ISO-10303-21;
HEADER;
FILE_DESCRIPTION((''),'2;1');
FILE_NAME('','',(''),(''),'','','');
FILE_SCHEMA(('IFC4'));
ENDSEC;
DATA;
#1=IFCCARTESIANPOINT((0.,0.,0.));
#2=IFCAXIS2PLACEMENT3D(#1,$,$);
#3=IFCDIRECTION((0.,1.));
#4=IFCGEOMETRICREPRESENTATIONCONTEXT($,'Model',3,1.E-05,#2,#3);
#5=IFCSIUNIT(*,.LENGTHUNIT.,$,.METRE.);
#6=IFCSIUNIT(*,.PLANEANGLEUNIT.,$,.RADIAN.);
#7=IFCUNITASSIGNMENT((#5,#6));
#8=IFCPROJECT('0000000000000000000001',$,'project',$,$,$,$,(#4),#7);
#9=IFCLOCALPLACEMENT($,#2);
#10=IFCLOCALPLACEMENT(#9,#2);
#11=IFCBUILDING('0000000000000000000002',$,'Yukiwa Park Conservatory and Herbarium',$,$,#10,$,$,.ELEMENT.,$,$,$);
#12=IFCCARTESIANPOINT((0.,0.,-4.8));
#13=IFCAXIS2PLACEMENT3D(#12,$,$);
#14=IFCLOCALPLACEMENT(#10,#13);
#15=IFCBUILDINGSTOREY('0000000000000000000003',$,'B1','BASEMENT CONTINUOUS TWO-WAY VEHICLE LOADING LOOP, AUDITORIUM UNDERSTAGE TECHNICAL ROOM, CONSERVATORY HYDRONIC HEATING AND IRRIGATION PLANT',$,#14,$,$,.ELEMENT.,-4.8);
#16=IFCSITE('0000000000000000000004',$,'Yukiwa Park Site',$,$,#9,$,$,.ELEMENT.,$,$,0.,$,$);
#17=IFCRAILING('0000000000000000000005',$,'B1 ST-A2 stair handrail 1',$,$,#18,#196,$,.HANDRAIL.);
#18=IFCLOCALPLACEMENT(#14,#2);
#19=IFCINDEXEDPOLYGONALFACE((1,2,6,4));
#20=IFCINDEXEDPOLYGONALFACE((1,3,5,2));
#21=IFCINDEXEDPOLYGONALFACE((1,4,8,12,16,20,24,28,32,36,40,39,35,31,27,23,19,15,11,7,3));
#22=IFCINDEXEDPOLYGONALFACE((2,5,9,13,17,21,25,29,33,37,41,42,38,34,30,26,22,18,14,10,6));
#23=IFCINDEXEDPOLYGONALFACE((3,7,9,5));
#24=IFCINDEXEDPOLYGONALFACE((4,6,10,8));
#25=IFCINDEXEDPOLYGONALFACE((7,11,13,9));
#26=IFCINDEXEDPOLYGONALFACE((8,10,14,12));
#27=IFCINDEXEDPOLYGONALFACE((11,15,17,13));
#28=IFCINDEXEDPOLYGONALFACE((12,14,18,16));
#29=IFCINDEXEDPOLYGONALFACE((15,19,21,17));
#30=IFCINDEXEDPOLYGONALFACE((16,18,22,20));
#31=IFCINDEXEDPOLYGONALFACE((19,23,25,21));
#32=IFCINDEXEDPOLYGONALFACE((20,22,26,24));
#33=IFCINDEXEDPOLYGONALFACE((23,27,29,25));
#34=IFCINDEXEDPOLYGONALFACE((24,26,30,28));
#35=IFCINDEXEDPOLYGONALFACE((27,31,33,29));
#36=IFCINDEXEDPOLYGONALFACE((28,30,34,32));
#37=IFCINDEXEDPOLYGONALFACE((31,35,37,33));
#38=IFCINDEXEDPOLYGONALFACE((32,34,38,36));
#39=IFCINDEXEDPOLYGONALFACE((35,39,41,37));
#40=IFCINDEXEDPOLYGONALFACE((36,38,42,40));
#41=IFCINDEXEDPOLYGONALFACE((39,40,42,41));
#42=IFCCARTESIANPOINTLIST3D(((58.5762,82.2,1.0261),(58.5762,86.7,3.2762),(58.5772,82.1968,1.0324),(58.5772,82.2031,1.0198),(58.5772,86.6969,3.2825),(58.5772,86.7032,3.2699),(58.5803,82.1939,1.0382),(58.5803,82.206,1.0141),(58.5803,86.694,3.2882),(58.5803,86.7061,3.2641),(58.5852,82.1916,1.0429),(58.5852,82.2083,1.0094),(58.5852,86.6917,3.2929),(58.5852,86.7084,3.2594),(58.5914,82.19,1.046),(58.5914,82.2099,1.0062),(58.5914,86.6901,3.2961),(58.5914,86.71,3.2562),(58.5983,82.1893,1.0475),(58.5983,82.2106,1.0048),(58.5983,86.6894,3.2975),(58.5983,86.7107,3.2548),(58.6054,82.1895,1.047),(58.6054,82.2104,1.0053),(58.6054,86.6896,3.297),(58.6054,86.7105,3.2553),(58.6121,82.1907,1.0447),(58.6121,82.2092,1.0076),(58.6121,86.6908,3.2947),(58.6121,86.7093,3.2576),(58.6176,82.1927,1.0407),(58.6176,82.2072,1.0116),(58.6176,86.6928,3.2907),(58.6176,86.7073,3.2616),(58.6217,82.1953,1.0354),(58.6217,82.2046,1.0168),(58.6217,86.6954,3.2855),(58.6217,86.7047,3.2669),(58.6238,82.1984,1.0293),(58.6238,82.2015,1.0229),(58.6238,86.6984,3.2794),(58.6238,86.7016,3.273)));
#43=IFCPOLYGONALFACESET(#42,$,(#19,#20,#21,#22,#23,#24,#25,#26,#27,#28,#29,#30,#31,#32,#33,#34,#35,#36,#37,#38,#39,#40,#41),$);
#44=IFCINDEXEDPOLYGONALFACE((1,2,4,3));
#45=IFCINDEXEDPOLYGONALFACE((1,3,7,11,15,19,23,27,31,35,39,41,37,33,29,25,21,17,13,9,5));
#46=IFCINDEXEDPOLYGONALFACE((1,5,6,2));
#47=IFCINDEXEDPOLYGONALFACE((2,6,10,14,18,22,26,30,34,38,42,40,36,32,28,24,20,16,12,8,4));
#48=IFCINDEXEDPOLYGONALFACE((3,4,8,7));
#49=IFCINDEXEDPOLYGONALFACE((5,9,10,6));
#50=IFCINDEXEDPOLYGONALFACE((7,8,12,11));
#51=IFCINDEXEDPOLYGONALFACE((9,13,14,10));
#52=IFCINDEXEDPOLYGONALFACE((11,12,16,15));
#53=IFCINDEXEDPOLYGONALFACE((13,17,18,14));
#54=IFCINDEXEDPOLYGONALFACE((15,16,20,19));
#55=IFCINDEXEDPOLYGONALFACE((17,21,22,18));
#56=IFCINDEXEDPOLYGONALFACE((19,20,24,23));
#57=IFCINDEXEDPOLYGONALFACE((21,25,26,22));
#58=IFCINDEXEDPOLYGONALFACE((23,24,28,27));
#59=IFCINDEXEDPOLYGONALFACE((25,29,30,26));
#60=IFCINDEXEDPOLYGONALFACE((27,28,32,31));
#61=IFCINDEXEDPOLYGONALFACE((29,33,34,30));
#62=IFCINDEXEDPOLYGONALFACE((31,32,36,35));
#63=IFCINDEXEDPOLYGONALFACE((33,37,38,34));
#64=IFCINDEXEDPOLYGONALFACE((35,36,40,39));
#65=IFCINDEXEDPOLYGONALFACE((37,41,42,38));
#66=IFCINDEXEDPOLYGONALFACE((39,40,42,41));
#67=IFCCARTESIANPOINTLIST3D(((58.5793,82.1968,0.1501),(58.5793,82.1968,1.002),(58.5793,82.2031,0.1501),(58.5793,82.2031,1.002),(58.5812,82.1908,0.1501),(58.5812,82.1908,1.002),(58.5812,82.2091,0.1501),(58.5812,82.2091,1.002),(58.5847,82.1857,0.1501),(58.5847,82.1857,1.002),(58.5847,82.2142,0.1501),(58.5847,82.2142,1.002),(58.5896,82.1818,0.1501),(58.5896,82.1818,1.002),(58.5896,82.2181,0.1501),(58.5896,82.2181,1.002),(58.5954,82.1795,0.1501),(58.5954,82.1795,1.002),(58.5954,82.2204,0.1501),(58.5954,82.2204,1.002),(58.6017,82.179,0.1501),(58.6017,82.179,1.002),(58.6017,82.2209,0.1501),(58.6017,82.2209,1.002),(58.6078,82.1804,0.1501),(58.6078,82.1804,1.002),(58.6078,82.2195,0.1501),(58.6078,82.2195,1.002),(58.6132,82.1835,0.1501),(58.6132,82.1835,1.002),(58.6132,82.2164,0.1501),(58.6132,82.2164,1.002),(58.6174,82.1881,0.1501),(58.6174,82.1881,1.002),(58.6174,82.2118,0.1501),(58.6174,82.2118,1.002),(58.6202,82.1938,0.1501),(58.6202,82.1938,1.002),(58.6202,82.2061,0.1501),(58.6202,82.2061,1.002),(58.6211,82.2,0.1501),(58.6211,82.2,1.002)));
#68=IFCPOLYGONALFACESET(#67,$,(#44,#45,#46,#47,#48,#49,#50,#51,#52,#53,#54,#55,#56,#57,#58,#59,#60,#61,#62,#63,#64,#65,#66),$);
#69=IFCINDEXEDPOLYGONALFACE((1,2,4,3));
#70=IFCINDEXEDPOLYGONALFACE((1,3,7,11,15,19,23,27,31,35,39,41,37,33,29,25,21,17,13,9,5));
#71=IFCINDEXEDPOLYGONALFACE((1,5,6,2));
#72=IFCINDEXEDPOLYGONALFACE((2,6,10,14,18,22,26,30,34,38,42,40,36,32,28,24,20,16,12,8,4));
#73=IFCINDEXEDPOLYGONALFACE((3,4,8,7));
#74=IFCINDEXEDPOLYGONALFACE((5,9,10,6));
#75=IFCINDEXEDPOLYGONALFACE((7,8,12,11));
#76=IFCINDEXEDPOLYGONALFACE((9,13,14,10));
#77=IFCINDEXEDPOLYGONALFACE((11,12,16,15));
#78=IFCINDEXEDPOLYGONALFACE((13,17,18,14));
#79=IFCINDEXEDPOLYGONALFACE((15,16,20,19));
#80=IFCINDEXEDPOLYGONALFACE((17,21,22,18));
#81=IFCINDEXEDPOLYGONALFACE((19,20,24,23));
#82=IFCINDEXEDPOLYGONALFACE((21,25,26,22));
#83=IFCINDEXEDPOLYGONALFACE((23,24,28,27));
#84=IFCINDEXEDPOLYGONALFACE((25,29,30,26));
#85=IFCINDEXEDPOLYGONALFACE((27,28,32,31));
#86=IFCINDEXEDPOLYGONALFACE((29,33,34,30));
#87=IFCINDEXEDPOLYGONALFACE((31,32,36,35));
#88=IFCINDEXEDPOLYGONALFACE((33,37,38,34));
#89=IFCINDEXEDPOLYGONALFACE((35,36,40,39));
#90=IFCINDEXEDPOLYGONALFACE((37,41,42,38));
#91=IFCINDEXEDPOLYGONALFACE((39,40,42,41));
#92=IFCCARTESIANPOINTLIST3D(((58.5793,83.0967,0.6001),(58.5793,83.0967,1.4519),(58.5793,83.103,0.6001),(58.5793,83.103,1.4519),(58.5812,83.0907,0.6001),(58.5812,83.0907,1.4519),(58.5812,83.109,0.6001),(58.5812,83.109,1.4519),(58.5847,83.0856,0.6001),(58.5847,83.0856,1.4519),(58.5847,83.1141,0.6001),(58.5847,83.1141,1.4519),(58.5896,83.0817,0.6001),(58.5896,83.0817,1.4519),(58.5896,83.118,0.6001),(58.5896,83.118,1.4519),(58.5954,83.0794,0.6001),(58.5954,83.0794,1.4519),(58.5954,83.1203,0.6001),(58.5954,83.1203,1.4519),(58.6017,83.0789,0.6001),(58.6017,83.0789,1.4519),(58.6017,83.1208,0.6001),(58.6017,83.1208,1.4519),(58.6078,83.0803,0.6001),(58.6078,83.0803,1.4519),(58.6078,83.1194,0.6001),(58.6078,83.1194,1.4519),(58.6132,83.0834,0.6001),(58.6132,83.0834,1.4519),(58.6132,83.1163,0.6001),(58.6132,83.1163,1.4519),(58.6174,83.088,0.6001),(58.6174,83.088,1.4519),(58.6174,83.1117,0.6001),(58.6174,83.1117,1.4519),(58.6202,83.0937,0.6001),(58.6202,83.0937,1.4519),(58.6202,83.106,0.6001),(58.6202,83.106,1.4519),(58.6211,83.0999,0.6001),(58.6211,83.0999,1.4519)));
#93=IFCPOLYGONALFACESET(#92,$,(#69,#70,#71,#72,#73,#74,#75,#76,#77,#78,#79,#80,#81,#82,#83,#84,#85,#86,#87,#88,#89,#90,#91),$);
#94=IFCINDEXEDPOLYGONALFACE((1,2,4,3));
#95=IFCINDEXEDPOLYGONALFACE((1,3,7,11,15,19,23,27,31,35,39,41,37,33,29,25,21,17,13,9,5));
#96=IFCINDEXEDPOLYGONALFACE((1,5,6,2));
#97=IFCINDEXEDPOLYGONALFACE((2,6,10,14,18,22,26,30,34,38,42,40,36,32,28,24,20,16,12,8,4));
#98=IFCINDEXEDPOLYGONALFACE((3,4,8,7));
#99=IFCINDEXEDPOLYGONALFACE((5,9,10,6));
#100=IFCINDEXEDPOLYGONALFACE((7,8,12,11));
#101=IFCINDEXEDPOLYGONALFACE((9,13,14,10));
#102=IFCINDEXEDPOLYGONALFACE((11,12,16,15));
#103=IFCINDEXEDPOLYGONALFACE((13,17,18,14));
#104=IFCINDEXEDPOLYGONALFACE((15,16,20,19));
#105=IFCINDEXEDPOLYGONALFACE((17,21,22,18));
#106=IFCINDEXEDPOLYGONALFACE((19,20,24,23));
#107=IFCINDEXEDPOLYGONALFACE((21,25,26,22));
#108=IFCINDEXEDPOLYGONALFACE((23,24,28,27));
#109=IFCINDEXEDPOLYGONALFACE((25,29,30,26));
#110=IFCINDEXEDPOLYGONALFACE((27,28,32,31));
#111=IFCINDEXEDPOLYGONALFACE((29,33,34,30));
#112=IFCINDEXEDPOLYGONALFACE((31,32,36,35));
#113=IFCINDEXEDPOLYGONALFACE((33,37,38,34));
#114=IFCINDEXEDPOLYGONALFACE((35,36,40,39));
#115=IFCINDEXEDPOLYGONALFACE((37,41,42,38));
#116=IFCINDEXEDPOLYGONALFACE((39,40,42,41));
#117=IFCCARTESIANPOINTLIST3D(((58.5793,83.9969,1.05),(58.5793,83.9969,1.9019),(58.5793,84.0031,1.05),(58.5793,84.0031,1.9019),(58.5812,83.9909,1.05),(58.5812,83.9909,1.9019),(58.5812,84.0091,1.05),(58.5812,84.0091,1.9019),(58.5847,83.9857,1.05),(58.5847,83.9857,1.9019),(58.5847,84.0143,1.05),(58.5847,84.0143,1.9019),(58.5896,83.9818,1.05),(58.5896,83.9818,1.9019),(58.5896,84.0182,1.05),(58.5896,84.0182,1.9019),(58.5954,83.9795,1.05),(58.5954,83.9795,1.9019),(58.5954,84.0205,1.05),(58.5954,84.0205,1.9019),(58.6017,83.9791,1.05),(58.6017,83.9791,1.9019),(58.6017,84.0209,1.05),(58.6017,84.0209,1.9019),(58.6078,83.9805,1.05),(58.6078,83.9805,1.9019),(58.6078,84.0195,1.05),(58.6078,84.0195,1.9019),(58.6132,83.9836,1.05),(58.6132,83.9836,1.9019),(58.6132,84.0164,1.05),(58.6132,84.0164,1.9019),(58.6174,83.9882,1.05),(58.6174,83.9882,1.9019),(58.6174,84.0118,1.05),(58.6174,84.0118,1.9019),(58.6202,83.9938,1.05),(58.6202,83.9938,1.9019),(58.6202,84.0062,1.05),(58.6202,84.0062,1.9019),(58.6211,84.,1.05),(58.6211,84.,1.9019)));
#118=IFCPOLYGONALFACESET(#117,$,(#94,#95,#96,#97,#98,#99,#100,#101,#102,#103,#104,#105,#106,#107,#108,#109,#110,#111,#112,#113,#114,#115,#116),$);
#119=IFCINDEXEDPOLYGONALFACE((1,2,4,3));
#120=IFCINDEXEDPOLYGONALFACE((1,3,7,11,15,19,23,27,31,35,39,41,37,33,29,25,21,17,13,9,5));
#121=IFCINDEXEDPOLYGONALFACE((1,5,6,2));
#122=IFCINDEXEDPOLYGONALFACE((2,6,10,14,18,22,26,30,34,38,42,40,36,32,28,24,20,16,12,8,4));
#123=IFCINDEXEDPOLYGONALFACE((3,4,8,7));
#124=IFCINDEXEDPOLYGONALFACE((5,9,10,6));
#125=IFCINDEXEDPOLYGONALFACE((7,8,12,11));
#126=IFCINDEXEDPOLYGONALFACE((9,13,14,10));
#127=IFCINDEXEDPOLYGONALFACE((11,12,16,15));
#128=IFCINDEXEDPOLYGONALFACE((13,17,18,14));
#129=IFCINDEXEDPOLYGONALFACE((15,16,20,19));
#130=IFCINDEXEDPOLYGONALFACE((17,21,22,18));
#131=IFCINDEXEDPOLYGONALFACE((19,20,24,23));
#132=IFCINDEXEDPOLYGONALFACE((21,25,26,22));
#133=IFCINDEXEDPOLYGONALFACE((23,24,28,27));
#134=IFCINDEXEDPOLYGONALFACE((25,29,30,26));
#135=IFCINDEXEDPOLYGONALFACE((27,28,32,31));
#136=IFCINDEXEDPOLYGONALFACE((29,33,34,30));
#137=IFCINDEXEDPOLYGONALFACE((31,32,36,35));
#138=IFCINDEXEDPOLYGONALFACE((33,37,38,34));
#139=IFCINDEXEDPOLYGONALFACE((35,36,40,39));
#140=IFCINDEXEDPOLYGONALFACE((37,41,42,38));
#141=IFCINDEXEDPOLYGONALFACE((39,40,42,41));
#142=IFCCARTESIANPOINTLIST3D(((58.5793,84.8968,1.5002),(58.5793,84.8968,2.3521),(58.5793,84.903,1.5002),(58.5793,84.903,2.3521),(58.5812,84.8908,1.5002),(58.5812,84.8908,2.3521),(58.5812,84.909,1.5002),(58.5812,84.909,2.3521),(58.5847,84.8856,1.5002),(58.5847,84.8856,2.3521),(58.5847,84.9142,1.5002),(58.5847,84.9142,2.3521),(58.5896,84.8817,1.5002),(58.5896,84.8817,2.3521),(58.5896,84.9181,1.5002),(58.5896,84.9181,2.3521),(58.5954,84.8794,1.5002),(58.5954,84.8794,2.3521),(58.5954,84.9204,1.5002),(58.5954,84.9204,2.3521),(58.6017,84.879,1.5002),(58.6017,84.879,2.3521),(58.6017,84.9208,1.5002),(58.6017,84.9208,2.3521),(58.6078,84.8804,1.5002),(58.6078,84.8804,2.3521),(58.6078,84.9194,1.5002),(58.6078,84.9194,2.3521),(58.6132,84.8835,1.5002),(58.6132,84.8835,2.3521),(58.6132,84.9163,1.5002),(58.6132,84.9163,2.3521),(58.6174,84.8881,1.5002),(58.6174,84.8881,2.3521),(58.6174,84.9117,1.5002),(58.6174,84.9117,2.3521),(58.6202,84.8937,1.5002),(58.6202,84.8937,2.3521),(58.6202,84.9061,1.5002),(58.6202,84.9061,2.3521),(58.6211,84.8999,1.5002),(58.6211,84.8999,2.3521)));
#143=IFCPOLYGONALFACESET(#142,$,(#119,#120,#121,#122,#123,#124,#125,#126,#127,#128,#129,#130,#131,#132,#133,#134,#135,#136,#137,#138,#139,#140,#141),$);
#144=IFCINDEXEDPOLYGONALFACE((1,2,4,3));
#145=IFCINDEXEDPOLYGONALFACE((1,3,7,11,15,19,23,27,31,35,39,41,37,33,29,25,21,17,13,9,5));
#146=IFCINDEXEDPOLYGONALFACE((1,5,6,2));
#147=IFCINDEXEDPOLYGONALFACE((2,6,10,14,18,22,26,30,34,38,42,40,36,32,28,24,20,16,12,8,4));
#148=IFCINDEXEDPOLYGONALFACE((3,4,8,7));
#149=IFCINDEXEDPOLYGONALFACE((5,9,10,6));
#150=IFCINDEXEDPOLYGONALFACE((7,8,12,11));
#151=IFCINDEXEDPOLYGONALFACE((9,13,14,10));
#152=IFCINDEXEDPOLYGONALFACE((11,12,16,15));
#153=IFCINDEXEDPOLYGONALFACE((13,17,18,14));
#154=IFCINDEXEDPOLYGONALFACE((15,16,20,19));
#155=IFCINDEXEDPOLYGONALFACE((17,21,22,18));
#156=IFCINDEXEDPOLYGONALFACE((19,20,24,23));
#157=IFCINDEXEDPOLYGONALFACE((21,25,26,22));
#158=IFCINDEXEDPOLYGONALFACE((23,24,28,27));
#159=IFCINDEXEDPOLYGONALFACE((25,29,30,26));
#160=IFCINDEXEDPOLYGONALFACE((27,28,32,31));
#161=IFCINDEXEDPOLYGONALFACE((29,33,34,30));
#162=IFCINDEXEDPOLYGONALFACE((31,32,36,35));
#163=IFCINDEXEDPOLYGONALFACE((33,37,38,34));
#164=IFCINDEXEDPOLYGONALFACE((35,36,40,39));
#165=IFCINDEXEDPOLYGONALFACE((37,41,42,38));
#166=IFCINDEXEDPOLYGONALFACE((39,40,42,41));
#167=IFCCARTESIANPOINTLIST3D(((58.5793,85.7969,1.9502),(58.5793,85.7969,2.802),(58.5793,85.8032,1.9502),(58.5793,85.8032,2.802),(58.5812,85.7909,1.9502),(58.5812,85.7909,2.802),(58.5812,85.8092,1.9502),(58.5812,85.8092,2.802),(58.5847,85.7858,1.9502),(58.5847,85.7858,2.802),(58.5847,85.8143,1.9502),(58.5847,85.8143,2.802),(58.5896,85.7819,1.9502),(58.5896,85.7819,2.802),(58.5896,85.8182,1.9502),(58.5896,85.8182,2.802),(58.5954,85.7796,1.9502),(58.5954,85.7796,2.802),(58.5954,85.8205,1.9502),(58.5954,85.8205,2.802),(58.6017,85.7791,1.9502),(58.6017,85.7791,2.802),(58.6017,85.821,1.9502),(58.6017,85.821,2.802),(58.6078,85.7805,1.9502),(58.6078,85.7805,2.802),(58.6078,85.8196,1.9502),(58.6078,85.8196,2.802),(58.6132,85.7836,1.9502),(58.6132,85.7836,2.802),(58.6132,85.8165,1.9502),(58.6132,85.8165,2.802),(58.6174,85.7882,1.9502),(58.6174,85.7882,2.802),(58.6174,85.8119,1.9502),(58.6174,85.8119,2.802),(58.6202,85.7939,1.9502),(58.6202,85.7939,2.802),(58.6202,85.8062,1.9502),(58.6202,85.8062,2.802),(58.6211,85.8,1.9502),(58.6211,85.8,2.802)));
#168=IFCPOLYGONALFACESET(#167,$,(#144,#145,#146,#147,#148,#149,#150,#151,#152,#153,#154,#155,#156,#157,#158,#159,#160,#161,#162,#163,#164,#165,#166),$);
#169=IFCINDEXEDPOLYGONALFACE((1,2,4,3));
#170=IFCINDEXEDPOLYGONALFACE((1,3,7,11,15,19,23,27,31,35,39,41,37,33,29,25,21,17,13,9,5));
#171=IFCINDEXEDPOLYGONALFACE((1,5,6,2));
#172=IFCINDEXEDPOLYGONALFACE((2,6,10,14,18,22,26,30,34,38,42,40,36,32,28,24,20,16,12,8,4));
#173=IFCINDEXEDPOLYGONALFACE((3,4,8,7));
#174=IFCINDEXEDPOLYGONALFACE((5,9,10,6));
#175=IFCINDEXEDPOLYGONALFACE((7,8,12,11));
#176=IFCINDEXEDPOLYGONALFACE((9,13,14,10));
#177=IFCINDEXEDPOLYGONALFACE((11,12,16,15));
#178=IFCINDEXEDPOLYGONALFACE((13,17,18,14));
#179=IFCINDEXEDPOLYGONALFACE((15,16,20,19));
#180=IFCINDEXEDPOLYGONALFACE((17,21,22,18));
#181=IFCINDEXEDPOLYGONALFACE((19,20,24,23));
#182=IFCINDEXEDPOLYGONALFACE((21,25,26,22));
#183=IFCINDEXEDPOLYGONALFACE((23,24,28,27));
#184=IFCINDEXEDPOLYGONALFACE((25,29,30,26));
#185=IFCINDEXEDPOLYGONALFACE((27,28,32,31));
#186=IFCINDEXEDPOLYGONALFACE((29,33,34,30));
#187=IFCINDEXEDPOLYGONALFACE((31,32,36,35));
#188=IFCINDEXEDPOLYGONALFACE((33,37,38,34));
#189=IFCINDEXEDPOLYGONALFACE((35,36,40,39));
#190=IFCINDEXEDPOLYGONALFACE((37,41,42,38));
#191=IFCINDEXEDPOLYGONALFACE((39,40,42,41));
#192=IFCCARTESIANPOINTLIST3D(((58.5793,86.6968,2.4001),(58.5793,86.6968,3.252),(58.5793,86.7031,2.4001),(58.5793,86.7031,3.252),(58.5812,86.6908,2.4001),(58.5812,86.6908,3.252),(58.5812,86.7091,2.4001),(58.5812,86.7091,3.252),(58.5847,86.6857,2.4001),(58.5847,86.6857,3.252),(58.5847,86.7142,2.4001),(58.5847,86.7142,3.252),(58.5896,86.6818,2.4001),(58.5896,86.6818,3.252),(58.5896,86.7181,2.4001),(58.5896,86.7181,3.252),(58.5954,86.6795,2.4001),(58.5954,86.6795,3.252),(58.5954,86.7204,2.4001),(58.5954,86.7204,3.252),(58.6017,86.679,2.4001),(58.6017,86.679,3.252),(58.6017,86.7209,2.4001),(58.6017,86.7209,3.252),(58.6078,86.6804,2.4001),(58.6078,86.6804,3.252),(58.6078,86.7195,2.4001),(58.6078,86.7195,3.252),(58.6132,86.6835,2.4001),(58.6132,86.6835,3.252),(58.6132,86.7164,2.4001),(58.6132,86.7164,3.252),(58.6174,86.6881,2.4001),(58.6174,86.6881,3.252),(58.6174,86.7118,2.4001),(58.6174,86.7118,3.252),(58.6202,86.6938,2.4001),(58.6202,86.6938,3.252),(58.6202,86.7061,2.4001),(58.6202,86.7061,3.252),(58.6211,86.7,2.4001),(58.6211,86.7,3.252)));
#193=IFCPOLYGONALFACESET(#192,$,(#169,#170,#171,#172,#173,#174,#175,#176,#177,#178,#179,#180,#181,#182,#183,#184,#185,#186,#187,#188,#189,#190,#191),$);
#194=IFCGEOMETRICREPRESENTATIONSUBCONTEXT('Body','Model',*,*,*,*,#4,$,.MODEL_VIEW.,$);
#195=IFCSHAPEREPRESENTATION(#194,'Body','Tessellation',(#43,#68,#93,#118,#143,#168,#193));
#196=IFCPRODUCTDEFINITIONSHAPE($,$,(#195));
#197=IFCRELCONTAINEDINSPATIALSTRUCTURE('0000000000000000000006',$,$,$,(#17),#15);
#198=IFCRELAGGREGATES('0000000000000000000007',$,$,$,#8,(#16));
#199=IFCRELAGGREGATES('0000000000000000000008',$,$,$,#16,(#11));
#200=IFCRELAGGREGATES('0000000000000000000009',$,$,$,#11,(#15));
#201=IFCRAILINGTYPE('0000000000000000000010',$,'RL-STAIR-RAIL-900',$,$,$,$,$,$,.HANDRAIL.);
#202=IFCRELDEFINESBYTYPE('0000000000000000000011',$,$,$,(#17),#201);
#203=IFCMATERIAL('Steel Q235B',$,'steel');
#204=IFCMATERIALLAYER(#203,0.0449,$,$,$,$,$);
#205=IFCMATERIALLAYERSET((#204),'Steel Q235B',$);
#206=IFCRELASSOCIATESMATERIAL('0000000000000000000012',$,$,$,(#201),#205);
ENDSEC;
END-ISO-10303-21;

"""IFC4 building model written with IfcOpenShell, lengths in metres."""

from ifc_helpers import new_model, si_unit, direction, frame, origin, origin_2d, place, context, subcontext, project, spatial, circle, extrude, material, layer, layer_set, type_object, element, save


model = new_model("IFC4")

# Units and contexts
model_context = context("Model", 3, precision=1e-05, world=origin(), true_north=direction((0.0, 1.0)))
body_context = subcontext(model_context, "Body", "Model", "MODEL_VIEW")
ifc_project = project(units=[si_unit("LENGTHUNIT", "METRE"), si_unit("PLANEANGLEUNIT", "RADIAN")], contexts=[model_context])

# Site, building, storey
site_placement = place(None, origin())
site = spatial("IfcSite", under=ifc_project, at=site_placement, Name="Yukiwa Park Site", CompositionType="ELEMENT", RefElevation=0.0)
building_placement = place(site_placement, origin())
building = spatial("IfcBuilding", under=site, at=building_placement, Name="Yukiwa Park Conservatory and Herbarium", CompositionType="ELEMENT")
storey_placement = place(building_placement, frame((0.0, 0.0, -4.8)))
storey = spatial("IfcBuildingStorey", under=building, at=storey_placement, Name="B1", Description="BASEMENT CONTINUOUS TWO-WAY VEHICLE LOADING LOOP, AUDITORIUM UNDERSTAGE TECHNICAL ROOM, CONSERVATORY HYDRONIC HEATING AND IRRIGATION PLANT", CompositionType="ELEMENT", Elevation=-4.8)

# Railing
ifc_material_1 = material(Name="Steel Q235B", Category="steel")
ifc_layer_1 = layer(ifc_material_1, 0.0449)
ifc_layer_set_1 = layer_set([ifc_layer_1], Name="Steel Q235B")
railing_type = type_object("IfcRailingType", Name="RL-STAIR-RAIL-900", PredefinedType="HANDRAIL", material=ifc_layer_set_1)
railing_placement = place(storey_placement, frame((58.6001, 82.2, 0.1501)))
element("IfcRailing", 1, at=railing_placement, inside=storey, type_object=railing_type, Name="B1 ST-A2 stair handrail 1", PredefinedType="HANDRAIL", context=body_context, shape_type="SweptSolid", body=[
    extrude(circle(Radius=0.0239, at=origin_2d()), frame((0.0, 0.0, 0.876), z_axis=(0.0, 0.894427, 0.447214), x_axis=(-1.0, 0.0, 0.0)), (0.0, 0.0, 1.0), 5.0312),
    extrude(circle(Radius=0.021, at=origin_2d()), origin(), (0.0, 0.0, 1.0), 0.8518),
    extrude(circle(Radius=0.021, at=origin_2d()), frame((0.0, 0.8999, 0.45)), (0.0, 0.0, 1.0), 0.8518),
    extrude(circle(Radius=0.021, at=origin_2d()), frame((0.0, 1.8, 0.8999)), (0.0, 0.0, 1.0), 0.8518),
    extrude(circle(Radius=0.021, at=origin_2d()), frame((0.0, 2.7, 1.3501)), (0.0, 0.0, 1.0), 0.8518),
    extrude(circle(Radius=0.021, at=origin_2d()), frame((0.0, 3.6001, 1.8)), (0.0, 0.0, 1.0), 0.8518),
    extrude(circle(Radius=0.021, at=origin_2d()), frame((0.0, 4.5, 2.25)), (0.0, 0.0, 1.0), 0.8518),
])

save(model, "model.ifc")
